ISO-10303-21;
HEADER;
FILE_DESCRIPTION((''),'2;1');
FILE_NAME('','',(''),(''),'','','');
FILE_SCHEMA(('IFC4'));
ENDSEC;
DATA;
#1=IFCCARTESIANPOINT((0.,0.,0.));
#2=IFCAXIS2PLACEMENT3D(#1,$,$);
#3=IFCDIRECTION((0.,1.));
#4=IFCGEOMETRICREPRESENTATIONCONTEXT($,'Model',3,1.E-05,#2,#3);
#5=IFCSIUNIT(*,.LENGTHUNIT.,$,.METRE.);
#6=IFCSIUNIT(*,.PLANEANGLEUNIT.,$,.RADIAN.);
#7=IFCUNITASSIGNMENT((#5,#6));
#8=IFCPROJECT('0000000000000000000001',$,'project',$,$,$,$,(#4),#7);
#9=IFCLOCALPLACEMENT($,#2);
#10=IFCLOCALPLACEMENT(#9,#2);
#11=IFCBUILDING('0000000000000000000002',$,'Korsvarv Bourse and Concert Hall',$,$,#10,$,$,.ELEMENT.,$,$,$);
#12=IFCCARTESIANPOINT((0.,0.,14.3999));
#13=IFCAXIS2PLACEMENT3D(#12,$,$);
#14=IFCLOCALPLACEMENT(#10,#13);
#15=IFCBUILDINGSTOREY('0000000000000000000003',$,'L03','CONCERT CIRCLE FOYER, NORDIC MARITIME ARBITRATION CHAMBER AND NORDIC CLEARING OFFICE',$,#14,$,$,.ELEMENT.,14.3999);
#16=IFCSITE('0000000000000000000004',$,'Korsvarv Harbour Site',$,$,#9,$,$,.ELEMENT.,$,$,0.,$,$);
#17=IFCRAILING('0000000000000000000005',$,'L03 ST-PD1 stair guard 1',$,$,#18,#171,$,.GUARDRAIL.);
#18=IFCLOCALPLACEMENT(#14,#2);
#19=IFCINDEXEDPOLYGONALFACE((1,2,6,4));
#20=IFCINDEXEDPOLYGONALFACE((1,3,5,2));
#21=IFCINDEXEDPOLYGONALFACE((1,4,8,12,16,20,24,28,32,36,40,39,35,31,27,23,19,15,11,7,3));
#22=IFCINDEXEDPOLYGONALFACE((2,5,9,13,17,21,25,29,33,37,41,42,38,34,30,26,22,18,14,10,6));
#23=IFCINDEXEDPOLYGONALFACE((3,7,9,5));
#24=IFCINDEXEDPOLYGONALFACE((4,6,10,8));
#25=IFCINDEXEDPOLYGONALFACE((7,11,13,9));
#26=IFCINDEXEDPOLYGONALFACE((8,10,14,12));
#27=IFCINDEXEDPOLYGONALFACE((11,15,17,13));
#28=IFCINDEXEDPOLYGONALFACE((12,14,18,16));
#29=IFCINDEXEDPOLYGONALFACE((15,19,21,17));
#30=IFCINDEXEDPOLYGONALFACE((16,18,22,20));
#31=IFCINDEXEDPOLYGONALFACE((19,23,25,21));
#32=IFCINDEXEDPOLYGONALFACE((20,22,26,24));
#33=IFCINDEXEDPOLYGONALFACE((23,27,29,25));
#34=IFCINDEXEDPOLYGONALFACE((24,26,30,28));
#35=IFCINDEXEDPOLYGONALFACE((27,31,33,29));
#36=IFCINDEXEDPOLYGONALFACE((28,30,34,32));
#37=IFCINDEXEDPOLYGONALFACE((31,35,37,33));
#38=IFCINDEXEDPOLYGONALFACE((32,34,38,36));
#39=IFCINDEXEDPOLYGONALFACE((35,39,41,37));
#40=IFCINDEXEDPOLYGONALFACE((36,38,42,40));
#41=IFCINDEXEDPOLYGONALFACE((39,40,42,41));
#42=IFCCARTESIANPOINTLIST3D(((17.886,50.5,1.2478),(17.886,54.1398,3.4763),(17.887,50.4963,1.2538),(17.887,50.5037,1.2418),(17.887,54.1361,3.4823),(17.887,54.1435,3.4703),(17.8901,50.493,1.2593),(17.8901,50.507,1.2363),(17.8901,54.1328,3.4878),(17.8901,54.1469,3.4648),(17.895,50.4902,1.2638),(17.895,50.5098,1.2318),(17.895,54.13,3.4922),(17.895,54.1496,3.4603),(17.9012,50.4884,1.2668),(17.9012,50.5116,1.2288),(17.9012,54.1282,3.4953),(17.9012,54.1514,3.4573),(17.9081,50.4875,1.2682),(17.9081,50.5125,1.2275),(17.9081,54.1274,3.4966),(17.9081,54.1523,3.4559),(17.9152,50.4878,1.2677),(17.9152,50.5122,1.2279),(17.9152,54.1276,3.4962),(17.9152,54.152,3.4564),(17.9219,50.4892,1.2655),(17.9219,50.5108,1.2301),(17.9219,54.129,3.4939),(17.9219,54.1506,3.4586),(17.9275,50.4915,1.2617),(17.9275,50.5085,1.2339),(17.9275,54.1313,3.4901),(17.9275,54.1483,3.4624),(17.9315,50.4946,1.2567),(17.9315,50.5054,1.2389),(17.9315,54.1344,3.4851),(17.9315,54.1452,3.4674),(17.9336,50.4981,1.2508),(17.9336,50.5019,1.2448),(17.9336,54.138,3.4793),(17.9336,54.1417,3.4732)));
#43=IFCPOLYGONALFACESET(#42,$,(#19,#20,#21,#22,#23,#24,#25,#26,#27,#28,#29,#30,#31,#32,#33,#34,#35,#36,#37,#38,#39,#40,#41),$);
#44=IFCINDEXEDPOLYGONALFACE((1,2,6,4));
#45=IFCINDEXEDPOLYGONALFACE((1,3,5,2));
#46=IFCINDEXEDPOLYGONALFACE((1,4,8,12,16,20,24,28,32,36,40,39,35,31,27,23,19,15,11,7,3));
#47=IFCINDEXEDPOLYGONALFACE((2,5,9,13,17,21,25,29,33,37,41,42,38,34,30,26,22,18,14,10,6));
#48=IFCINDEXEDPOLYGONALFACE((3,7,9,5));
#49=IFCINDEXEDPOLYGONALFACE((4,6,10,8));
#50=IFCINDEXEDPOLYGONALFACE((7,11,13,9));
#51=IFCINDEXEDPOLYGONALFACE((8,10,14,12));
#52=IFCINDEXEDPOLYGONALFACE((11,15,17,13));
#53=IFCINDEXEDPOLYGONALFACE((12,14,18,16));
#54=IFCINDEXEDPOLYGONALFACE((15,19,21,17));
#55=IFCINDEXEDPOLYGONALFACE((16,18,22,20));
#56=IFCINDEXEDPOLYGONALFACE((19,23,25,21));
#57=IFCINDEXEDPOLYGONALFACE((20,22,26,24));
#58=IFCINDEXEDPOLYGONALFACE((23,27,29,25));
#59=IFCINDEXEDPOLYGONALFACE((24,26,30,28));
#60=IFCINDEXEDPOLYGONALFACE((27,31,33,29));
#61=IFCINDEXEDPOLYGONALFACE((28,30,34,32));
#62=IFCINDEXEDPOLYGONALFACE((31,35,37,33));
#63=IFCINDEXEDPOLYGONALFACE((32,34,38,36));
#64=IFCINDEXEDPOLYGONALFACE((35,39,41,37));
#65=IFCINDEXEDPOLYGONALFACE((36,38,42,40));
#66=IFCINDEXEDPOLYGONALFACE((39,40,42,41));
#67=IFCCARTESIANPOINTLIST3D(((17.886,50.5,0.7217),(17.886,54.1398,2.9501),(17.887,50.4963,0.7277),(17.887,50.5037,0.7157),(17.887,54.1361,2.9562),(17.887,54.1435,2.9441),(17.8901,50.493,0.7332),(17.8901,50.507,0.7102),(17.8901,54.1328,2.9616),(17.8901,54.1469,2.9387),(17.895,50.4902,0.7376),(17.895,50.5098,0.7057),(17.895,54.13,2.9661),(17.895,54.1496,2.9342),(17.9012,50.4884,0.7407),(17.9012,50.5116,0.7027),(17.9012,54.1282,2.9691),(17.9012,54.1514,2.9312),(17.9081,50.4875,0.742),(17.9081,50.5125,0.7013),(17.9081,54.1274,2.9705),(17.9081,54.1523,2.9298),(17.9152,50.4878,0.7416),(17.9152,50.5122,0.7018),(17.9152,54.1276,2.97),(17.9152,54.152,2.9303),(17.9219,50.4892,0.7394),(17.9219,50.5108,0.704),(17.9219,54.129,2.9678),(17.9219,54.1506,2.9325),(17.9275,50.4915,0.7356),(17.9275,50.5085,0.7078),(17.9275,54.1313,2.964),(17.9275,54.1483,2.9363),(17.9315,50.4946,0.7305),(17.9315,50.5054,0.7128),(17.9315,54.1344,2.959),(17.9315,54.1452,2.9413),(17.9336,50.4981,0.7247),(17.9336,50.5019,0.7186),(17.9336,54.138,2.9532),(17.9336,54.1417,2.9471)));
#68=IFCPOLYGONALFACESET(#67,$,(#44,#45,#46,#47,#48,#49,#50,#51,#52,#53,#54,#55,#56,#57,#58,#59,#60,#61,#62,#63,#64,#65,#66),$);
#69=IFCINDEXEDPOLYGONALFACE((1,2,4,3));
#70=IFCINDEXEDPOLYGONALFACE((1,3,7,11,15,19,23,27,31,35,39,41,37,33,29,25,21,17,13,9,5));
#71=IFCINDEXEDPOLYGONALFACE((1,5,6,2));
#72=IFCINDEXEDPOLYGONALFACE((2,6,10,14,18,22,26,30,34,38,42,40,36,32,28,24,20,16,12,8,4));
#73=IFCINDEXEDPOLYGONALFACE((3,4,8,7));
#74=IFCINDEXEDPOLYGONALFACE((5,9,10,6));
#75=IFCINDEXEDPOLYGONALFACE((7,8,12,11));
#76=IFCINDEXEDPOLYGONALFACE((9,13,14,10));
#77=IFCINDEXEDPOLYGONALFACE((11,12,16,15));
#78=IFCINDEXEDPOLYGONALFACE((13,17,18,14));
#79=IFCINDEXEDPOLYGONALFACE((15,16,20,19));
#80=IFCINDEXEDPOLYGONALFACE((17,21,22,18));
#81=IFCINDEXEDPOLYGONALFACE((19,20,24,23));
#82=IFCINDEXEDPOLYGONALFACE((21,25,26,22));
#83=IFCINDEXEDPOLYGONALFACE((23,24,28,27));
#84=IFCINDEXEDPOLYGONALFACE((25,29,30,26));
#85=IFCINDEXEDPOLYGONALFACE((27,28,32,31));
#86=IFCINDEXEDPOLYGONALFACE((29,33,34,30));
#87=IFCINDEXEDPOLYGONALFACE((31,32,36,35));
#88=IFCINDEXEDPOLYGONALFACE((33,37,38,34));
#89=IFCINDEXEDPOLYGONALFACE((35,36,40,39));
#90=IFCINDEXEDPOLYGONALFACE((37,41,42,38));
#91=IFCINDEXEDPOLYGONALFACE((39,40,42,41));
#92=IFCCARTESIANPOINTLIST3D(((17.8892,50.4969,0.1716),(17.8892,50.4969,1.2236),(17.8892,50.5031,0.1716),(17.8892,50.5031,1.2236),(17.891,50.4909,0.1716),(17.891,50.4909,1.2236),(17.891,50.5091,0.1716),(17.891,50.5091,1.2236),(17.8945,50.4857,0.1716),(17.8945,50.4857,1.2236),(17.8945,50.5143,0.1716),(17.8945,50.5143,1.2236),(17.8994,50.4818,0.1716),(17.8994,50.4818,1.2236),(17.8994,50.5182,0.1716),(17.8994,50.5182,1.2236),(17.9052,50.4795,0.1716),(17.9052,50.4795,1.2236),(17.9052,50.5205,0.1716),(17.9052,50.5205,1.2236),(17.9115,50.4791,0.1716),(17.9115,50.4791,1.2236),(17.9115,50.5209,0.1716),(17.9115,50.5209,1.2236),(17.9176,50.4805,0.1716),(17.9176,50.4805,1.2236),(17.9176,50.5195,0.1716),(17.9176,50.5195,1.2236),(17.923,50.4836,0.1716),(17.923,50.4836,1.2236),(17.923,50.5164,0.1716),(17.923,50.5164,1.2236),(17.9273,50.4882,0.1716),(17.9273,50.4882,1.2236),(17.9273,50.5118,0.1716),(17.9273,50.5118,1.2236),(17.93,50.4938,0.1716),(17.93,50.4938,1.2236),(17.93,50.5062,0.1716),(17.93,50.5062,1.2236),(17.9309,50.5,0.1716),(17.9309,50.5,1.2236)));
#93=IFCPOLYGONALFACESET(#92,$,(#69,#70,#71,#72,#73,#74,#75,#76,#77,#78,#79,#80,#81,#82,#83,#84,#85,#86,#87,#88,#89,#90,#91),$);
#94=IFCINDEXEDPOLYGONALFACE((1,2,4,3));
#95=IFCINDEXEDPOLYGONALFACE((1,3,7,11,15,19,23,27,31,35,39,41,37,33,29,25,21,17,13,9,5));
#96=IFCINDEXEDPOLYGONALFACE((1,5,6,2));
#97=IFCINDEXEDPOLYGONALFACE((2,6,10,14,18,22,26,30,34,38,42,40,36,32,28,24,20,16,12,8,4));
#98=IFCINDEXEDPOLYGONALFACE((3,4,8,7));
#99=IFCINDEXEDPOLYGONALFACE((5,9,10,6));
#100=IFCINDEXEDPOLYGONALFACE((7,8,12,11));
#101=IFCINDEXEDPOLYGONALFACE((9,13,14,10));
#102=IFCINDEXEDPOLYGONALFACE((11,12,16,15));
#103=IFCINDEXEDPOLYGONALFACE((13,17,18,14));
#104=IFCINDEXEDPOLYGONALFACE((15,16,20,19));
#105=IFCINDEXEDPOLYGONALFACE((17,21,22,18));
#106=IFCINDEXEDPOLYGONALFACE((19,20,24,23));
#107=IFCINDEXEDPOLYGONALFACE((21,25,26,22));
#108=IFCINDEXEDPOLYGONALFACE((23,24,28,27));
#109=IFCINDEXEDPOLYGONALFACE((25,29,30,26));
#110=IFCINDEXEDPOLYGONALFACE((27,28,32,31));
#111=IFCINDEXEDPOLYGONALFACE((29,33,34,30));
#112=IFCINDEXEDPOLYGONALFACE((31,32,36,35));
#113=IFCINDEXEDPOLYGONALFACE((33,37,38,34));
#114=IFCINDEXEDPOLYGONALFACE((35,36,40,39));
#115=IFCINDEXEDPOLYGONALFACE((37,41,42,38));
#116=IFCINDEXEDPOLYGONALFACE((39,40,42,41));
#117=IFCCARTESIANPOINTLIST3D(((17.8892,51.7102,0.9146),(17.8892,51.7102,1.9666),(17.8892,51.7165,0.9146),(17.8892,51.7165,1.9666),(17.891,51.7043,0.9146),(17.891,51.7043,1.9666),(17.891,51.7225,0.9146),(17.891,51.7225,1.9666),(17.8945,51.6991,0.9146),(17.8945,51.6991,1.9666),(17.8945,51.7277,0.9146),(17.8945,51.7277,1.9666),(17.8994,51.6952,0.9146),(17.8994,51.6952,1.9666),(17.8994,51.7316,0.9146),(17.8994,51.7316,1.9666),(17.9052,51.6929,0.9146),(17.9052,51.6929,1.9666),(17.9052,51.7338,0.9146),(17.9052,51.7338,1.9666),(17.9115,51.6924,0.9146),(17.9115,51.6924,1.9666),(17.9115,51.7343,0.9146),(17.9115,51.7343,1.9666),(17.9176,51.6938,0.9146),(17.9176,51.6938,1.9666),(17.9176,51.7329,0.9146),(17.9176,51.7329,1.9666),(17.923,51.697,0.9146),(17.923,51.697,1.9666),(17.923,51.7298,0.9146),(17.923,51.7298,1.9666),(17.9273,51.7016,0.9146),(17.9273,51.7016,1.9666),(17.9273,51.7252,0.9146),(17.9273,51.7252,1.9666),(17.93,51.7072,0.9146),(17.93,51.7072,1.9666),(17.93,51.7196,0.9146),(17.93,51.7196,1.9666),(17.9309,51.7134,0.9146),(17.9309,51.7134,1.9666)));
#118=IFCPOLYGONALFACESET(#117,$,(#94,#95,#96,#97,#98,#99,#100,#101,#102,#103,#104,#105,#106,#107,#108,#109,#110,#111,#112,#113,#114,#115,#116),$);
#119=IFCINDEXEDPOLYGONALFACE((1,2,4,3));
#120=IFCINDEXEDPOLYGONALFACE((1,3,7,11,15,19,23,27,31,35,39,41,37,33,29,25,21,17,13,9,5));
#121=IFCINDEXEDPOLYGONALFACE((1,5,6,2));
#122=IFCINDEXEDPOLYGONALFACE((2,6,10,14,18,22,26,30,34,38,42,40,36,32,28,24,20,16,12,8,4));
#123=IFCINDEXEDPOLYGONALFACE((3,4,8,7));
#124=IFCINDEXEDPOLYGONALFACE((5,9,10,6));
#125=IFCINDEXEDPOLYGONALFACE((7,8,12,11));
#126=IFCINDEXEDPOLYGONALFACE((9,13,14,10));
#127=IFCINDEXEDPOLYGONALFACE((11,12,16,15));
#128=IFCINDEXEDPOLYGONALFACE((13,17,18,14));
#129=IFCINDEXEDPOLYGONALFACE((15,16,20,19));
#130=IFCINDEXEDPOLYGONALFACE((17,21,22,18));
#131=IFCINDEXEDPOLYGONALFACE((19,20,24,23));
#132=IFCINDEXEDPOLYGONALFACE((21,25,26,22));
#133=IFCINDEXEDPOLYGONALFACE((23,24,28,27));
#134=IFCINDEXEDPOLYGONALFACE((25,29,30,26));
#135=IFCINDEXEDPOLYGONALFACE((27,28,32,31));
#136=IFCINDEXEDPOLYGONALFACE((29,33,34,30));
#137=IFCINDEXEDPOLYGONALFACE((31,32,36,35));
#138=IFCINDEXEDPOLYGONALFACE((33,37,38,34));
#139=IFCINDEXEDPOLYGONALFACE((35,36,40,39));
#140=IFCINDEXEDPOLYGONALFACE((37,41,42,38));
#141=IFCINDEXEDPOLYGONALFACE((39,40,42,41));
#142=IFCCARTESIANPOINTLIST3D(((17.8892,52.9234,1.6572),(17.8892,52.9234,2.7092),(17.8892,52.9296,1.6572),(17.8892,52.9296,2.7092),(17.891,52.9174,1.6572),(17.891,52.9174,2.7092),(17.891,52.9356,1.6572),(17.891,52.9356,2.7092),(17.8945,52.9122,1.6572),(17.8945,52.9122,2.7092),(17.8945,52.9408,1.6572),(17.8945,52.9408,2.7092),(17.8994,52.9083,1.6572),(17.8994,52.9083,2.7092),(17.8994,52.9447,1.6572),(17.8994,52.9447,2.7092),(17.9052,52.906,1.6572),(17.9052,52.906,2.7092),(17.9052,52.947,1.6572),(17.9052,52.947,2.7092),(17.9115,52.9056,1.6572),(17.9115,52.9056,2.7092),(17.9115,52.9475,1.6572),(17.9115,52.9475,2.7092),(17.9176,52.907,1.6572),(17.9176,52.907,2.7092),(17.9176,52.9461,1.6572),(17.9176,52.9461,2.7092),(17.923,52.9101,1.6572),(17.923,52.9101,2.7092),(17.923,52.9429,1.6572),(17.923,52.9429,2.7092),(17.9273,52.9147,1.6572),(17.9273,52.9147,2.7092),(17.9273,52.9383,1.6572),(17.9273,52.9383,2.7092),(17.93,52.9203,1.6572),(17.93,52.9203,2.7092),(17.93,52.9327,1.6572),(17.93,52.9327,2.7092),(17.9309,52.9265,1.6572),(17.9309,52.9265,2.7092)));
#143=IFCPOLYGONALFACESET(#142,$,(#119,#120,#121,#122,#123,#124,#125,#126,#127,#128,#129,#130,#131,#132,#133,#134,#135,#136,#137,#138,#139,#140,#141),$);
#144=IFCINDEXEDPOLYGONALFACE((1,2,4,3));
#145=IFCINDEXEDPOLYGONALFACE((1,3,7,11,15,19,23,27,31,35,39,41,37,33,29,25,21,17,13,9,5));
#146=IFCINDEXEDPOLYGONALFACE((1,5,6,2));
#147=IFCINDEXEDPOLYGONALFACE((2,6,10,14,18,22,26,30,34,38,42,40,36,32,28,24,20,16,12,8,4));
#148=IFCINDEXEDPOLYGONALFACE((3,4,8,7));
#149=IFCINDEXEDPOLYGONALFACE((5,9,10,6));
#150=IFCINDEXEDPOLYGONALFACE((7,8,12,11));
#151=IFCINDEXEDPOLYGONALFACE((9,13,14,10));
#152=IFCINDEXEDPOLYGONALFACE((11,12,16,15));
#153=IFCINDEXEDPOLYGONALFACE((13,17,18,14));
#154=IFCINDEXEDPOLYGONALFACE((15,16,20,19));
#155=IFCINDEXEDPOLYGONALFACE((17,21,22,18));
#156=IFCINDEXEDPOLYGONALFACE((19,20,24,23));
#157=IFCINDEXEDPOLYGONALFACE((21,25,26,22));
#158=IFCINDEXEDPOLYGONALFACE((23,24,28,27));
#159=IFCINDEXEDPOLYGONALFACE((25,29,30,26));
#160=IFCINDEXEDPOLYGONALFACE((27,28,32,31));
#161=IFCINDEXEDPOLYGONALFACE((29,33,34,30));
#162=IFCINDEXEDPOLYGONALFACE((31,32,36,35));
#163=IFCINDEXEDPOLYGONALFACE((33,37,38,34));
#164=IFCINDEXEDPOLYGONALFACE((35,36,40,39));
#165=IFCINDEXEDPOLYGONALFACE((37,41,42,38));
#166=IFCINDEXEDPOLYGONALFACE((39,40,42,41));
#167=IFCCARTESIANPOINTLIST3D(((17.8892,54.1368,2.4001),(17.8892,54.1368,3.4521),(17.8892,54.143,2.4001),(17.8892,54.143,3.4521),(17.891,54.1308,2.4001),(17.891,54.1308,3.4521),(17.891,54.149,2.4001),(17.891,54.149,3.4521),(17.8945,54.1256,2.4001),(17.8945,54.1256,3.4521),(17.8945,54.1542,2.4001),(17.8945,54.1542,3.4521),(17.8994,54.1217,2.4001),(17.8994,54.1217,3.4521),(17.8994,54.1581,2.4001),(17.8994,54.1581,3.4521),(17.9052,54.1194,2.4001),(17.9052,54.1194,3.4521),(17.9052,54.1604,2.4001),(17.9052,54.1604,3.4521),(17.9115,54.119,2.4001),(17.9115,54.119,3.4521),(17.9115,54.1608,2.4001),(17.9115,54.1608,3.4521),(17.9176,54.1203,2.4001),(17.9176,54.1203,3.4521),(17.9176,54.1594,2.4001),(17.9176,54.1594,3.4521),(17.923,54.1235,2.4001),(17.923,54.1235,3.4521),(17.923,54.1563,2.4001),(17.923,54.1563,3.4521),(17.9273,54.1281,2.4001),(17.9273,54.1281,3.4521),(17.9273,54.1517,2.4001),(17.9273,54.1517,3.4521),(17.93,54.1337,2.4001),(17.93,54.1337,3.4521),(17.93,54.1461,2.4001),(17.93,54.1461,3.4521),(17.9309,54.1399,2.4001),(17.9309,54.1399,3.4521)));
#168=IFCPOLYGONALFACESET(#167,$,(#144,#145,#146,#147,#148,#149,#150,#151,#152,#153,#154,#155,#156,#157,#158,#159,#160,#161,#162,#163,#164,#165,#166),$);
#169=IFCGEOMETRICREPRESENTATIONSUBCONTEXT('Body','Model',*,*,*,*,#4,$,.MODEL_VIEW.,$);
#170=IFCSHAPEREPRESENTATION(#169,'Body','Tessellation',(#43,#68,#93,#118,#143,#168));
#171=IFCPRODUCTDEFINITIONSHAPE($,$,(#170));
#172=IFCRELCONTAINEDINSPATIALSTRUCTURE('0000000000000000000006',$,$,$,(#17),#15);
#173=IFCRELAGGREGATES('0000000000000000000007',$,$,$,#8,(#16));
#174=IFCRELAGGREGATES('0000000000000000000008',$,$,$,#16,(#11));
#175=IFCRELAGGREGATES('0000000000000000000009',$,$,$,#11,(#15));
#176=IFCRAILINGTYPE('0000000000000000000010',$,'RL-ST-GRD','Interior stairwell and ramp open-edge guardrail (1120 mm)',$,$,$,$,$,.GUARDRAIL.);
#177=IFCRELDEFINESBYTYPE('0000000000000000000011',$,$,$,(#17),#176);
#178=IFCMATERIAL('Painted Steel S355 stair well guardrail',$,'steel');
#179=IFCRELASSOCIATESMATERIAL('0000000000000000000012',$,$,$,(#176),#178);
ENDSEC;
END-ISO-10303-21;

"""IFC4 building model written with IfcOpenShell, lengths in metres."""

from ifc_helpers import new_model, si_unit, direction, frame, origin, origin_2d, place, context, subcontext, project, spatial, circle, extrude, material, type_object, element, save


model = new_model("IFC4")

# Units and contexts
model_context = context("Model", 3, precision=1e-05, world=origin(), true_north=direction((0.0, 1.0)))
body_context = subcontext(model_context, "Body", "Model", "MODEL_VIEW")
ifc_project = project(units=[si_unit("LENGTHUNIT", "METRE"), si_unit("PLANEANGLEUNIT", "RADIAN")], contexts=[model_context])

# Site, building, storey
site_placement = place(None, origin())
site = spatial("IfcSite", under=ifc_project, at=site_placement, Name="Korsvarv Harbour Site", CompositionType="ELEMENT", RefElevation=0.0)
building_placement = place(site_placement, origin())
building = spatial("IfcBuilding", under=site, at=building_placement, Name="Korsvarv Bourse and Concert Hall", CompositionType="ELEMENT")
storey_placement = place(building_placement, frame((0.0, 0.0, 14.3999)))
storey = spatial("IfcBuildingStorey", under=building, at=storey_placement, Name="L03", Description="CONCERT CIRCLE FOYER, NORDIC MARITIME ARBITRATION CHAMBER AND NORDIC CLEARING OFFICE", CompositionType="ELEMENT", Elevation=14.3999)

# Railing
ifc_material_1 = material(Name="Painted Steel S355 stair well guardrail", Category="steel")
railing_type_1 = type_object("IfcRailingType", Name="RL-ST-GRD", Description="Interior stairwell and ramp open-edge guardrail (1120 mm)", PredefinedType="GUARDRAIL", material=ifc_material_1)
railing_1_placement = place(storey_placement, frame((17.9099, 50.5, 0.1716)))
element("IfcRailing", 1, at=railing_1_placement, inside=storey, type_object=railing_type_1, Name="L03 ST-PD1 stair guard 1", PredefinedType="GUARDRAIL", context=body_context, shape_type="SweptSolid", body=[
    extrude(circle(Radius=0.0239, at=origin_2d()), frame((0.0, 0.0, 1.0762), z_axis=(0.0, 0.85285, 0.522156), x_axis=(-1.0, 0.0, 0.0)), (0.0, 0.0, 1.0), 4.2678),
    extrude(circle(Radius=0.0239, at=origin_2d()), frame((0.0, 0.0, 0.55), z_axis=(0.0, 0.85285, 0.522156), x_axis=(-1.0, 0.0, 0.0)), (0.0, 0.0, 1.0), 4.2678),
    extrude(circle(Radius=0.021, at=origin_2d()), origin(), (0.0, 0.0, 1.0), 1.052),
    extrude(circle(Radius=0.021, at=origin_2d()), frame((0.0, 1.2134, 0.7429)), (0.0, 0.0, 1.0), 1.052),
    extrude(circle(Radius=0.021, at=origin_2d()), frame((0.0, 2.4265, 1.4856)), (0.0, 0.0, 1.0), 1.052),
    extrude(circle(Radius=0.021, at=origin_2d()), frame((0.0, 3.6399, 2.2285)), (0.0, 0.0, 1.0), 1.052),
])

save(model, "model.ifc")
